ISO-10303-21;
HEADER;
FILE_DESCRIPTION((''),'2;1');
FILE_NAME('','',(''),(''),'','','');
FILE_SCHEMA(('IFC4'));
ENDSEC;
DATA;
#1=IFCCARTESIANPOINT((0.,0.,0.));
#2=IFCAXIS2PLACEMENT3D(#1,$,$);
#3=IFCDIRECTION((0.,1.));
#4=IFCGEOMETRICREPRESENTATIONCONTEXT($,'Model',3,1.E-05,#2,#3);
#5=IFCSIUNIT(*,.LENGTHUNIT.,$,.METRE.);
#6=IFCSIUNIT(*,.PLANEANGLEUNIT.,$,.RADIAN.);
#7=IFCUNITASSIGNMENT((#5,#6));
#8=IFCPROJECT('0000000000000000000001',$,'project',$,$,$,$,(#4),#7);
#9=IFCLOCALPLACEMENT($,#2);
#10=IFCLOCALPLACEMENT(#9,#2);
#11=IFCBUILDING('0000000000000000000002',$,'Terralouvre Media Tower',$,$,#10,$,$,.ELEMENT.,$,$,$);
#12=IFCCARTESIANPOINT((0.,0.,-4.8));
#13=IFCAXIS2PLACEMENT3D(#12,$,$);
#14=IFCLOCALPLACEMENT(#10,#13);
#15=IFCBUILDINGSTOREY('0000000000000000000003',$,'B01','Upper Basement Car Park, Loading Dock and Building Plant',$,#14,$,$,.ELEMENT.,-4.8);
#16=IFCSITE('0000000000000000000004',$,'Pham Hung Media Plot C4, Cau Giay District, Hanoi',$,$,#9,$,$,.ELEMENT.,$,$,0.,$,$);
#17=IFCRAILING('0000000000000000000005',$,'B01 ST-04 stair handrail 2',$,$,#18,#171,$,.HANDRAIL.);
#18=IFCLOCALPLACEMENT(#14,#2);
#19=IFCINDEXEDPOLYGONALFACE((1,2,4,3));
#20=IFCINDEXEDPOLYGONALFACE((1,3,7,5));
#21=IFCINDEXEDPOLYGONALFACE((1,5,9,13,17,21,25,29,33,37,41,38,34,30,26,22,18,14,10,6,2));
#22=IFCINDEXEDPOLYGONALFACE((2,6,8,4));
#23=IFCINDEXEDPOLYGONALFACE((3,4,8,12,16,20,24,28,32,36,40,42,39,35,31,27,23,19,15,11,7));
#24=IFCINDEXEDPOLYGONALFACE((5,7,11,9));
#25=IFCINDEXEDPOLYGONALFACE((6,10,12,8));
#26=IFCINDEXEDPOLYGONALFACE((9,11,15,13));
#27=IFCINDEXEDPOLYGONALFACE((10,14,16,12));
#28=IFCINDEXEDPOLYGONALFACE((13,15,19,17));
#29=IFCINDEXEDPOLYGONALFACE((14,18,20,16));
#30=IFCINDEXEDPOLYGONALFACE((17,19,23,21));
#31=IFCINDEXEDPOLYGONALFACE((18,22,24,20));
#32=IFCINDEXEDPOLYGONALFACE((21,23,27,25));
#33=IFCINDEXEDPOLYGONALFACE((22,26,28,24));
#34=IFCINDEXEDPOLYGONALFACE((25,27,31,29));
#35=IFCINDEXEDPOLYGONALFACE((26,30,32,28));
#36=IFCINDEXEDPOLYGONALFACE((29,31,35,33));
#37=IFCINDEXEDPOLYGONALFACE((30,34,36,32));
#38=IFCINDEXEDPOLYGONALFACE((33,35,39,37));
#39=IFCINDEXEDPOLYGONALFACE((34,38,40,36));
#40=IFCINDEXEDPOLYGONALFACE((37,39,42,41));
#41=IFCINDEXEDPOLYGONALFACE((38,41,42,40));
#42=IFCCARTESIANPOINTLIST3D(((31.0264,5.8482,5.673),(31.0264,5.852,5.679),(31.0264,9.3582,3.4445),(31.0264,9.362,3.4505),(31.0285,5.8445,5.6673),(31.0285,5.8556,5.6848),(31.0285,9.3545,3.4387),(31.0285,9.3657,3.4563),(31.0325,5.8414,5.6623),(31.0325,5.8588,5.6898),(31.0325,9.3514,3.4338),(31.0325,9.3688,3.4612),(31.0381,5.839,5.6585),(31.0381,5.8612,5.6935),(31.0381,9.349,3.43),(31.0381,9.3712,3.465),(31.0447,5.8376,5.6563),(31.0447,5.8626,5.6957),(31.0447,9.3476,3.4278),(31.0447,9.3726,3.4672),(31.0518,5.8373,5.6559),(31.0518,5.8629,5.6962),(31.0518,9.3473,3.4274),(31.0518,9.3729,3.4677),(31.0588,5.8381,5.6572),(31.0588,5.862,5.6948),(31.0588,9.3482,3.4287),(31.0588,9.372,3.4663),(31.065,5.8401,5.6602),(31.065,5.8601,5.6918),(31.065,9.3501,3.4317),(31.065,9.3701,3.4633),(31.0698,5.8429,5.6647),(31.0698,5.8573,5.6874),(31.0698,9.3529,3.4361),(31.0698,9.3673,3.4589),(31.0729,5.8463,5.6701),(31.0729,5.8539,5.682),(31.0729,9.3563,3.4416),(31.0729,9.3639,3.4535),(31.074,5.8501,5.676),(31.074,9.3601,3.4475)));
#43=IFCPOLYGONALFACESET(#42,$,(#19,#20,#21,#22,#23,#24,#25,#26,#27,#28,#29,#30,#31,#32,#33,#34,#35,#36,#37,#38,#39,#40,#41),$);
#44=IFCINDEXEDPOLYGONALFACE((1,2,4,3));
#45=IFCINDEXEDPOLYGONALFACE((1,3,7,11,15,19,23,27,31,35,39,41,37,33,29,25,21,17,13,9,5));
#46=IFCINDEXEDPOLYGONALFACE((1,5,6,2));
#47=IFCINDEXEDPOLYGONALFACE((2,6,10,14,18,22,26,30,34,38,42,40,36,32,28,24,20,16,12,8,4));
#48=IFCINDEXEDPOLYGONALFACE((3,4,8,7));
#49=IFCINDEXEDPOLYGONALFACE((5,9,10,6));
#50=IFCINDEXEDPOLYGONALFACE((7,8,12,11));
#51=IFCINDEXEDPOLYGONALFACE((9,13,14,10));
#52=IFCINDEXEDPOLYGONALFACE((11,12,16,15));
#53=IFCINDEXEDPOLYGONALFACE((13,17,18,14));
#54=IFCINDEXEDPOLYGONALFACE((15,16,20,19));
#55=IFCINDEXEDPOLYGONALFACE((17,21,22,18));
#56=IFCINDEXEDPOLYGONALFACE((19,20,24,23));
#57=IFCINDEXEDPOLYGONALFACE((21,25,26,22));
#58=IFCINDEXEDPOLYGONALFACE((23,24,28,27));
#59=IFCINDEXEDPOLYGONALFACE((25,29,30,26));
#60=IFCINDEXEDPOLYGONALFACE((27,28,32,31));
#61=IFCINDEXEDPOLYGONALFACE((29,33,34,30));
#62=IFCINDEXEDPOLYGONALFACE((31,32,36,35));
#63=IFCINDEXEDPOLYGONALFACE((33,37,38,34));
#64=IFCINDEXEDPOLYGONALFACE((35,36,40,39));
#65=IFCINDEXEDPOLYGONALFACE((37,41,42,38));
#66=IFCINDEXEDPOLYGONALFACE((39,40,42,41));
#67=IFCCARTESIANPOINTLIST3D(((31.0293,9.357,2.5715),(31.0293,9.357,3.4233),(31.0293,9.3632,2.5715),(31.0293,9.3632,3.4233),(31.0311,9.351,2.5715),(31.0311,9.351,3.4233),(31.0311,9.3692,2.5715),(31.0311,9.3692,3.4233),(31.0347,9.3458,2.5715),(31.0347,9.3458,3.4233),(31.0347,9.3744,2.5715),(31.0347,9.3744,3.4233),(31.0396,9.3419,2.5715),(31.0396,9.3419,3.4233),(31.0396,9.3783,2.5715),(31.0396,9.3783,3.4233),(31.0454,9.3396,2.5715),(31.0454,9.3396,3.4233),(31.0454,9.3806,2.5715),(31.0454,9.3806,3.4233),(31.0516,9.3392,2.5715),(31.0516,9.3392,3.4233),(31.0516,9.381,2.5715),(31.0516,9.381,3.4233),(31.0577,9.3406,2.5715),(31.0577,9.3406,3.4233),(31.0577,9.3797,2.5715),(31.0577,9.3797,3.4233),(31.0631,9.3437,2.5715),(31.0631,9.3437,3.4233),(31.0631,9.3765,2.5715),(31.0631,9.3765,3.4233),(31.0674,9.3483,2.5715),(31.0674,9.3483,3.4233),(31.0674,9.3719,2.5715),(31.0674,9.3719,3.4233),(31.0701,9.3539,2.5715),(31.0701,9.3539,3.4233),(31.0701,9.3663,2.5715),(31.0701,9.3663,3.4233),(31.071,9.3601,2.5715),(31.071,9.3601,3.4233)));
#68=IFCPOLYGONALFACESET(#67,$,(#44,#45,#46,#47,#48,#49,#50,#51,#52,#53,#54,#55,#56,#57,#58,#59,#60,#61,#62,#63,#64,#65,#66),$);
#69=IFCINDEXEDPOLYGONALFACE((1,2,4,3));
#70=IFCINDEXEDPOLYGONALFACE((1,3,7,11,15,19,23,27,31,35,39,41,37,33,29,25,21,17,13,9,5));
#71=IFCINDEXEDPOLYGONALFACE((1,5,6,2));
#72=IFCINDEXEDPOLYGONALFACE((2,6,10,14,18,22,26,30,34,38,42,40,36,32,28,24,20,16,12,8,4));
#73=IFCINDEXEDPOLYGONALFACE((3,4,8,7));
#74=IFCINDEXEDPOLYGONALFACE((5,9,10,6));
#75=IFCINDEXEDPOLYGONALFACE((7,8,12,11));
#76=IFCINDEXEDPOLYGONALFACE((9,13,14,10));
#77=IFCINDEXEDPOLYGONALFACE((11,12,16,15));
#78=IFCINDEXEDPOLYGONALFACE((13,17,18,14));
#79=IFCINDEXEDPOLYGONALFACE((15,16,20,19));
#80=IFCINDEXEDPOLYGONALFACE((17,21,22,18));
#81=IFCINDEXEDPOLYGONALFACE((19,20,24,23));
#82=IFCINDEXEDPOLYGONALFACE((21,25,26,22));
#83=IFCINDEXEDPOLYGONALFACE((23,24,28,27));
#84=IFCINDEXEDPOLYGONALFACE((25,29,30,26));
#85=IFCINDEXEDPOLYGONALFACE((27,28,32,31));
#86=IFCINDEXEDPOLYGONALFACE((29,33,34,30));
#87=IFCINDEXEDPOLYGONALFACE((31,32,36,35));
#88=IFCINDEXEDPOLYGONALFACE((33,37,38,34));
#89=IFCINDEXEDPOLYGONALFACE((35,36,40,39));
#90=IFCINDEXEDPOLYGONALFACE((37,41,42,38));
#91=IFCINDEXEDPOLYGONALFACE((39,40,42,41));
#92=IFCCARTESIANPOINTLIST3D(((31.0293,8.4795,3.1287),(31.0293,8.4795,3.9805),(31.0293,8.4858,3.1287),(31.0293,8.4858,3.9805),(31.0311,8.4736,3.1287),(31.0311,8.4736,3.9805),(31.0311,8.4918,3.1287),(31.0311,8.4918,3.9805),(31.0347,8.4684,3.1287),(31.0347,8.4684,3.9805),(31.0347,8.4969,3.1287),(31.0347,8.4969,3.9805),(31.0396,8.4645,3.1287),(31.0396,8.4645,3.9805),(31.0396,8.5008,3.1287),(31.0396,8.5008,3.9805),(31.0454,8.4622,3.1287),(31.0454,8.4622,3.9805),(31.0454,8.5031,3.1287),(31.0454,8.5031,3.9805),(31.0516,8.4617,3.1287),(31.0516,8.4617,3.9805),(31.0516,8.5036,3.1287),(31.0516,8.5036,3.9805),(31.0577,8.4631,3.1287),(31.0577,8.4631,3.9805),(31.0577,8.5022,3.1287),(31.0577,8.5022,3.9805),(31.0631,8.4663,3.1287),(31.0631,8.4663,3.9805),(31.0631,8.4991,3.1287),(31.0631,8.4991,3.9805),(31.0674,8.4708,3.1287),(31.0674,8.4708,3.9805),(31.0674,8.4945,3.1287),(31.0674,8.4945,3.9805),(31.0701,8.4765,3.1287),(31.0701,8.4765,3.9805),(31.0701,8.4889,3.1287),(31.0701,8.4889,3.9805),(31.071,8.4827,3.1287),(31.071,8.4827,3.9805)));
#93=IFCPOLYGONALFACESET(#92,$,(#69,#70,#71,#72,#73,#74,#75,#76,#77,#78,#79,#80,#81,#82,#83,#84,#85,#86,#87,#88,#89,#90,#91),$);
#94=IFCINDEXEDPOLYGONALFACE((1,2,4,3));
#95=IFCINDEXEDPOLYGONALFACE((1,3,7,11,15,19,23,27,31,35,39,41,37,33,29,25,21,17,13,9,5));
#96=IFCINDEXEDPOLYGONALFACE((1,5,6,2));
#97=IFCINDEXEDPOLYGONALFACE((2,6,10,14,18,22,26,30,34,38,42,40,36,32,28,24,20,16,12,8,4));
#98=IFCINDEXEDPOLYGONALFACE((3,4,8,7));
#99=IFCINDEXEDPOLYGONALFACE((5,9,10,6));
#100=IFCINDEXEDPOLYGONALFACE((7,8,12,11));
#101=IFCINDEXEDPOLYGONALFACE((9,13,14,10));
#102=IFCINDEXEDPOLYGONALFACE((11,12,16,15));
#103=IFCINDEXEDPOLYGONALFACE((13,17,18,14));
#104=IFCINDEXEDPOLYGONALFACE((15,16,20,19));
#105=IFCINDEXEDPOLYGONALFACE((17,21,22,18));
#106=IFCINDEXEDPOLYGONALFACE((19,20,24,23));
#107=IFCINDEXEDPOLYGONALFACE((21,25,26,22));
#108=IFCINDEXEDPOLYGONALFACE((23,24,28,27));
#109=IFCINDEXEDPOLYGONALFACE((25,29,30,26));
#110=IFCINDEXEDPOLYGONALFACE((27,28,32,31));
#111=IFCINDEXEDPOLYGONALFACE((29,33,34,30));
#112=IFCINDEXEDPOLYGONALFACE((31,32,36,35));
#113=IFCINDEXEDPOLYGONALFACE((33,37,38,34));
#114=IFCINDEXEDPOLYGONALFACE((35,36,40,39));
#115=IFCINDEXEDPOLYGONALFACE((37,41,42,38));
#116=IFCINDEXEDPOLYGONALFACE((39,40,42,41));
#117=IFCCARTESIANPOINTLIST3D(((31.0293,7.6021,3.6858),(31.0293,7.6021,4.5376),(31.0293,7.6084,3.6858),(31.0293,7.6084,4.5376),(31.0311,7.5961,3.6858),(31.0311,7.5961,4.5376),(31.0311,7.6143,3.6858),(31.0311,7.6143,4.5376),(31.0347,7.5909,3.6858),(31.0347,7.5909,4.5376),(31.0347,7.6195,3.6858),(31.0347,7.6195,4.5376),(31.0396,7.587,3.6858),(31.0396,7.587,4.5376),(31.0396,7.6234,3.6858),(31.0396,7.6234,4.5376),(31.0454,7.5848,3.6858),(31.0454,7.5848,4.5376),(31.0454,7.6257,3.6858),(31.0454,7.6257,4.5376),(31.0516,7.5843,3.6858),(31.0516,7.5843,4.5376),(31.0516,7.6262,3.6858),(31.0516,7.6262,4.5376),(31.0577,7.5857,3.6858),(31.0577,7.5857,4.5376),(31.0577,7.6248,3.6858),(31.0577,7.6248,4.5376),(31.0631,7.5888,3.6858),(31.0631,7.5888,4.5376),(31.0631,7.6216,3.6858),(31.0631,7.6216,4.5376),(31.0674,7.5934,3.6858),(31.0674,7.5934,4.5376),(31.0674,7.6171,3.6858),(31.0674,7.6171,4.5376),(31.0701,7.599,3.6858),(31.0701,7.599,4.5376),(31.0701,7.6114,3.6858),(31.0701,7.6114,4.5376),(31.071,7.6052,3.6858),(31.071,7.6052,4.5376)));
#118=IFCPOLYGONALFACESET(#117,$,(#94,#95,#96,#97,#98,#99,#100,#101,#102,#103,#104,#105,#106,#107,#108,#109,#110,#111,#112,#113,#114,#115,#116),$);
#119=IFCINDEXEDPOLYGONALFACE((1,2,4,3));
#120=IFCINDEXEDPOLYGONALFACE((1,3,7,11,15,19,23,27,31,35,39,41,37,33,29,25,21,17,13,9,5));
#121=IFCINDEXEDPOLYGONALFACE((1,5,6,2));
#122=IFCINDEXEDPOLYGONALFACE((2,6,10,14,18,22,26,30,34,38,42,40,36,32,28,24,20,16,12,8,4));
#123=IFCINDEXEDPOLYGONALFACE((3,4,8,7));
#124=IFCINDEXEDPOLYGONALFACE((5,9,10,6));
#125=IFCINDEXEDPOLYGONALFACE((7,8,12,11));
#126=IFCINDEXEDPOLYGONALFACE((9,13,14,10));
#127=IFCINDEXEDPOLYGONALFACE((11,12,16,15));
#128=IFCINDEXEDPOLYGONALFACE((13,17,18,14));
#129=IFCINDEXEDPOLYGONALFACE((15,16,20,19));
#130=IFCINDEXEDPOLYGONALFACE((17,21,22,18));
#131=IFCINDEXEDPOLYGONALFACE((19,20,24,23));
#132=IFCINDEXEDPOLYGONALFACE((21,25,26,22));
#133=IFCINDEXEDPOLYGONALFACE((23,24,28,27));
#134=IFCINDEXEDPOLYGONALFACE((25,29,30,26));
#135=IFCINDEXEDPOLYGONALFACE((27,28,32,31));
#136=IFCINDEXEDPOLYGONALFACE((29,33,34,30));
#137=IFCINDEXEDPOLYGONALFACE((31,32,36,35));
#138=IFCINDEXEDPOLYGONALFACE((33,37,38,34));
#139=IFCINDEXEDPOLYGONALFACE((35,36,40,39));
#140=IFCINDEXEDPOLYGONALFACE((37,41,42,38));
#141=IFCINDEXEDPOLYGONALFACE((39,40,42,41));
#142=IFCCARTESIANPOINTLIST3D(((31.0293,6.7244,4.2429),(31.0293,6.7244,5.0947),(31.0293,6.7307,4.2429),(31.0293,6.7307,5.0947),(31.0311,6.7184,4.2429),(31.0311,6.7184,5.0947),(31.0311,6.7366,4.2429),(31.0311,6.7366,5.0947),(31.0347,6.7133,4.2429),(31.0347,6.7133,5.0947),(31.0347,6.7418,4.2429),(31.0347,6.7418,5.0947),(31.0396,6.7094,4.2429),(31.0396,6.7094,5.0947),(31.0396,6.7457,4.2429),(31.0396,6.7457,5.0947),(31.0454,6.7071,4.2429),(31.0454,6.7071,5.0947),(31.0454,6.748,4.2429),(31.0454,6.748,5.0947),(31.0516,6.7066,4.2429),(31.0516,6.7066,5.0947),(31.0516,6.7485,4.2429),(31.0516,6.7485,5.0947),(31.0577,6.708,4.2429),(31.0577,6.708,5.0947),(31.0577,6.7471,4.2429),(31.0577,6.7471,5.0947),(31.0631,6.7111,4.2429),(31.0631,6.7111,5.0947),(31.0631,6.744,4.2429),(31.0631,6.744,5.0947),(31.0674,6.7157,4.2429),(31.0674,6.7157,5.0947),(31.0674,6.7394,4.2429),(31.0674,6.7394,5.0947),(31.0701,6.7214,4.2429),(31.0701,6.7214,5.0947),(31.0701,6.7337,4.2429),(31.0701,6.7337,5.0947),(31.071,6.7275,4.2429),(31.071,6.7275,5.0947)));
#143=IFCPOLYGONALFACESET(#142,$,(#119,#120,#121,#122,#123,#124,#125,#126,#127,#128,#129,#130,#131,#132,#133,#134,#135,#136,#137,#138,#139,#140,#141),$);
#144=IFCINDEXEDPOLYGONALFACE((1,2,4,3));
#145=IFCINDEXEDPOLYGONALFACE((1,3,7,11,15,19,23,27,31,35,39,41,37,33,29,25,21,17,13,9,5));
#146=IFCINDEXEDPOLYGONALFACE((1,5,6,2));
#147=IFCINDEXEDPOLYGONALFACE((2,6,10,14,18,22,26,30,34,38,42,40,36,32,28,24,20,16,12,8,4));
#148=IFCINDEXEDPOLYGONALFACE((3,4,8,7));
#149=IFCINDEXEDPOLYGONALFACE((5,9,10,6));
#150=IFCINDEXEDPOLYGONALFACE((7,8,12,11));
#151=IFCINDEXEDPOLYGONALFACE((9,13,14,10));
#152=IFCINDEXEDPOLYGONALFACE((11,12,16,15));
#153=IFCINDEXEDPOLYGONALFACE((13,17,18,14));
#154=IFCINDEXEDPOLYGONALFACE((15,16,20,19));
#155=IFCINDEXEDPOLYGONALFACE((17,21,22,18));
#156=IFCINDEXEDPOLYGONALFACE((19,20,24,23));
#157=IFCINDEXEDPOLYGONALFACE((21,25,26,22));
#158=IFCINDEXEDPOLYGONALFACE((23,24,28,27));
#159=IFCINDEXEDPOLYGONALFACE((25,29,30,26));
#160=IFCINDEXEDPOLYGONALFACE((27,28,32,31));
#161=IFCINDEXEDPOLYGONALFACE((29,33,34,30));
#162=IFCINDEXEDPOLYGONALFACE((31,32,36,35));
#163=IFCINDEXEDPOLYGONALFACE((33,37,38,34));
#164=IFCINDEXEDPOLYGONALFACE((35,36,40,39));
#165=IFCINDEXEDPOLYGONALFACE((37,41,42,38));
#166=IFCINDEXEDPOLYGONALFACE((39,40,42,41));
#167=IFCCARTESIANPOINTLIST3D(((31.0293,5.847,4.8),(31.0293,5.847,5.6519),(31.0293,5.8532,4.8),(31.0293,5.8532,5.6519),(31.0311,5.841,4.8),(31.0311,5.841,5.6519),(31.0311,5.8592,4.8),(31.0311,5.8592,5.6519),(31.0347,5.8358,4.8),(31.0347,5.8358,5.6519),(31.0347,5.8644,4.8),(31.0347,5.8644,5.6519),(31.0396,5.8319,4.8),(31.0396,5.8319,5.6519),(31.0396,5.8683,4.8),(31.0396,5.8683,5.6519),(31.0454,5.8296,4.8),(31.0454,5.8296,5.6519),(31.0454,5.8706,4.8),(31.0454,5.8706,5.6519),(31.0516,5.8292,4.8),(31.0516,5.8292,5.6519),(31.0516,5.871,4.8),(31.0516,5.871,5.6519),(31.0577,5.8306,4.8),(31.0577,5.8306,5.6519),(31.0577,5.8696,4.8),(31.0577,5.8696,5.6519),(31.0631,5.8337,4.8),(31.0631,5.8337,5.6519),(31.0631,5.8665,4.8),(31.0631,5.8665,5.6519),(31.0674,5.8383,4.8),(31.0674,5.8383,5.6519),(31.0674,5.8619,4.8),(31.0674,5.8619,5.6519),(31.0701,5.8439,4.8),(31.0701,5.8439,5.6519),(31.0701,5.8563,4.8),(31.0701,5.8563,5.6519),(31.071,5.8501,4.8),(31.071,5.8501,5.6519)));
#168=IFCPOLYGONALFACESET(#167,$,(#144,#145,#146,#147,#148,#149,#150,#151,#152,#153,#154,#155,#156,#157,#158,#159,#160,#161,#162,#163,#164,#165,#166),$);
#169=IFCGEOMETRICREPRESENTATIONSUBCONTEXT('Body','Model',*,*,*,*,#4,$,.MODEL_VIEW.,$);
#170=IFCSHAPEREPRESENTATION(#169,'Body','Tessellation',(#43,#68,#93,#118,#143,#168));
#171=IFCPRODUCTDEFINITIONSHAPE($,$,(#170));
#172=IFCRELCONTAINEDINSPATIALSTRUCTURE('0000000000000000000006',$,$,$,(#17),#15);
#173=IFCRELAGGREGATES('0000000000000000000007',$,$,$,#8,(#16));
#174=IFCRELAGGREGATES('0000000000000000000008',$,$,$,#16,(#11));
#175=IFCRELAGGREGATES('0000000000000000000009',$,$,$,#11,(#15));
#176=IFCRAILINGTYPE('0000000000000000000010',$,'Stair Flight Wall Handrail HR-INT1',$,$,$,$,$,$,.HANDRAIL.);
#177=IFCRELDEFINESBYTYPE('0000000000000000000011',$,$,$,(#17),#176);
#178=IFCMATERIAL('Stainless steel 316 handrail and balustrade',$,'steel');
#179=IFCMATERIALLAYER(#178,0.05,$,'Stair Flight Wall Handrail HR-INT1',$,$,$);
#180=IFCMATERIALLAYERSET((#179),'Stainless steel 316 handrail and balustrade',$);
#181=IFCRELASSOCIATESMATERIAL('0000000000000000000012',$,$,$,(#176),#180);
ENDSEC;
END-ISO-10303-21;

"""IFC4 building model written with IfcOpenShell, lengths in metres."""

from ifc_helpers import new_model, si_unit, direction, frame, origin, origin_2d, place, context, subcontext, project, spatial, circle, extrude, material, layer, layer_set, type_object, element, save


model = new_model("IFC4")

# Units and contexts
model_context = context("Model", 3, precision=1e-05, world=origin(), true_north=direction((0.0, 1.0)))
body_context = subcontext(model_context, "Body", "Model", "MODEL_VIEW")
ifc_project = project(units=[si_unit("LENGTHUNIT", "METRE"), si_unit("PLANEANGLEUNIT", "RADIAN")], contexts=[model_context])

# Site, building, storey
site_placement = place(None, origin())
site = spatial("IfcSite", under=ifc_project, at=site_placement, Name="Pham Hung Media Plot C4, Cau Giay District, Hanoi", CompositionType="ELEMENT", RefElevation=0.0)
building_placement = place(site_placement, origin())
building = spatial("IfcBuilding", under=site, at=building_placement, Name="Terralouvre Media Tower", CompositionType="ELEMENT")
storey_placement = place(building_placement, frame((0.0, 0.0, -4.8)))
storey = spatial("IfcBuildingStorey", under=building, at=storey_placement, Name="B01", Description="Upper Basement Car Park, Loading Dock and Building Plant", CompositionType="ELEMENT", Elevation=-4.8)

# Railing
ifc_material_1 = material(Name="Stainless steel 316 handrail and balustrade", Category="steel")
ifc_layer_1 = layer(ifc_material_1, 0.05, Name="Stair Flight Wall Handrail HR-INT1")
ifc_layer_set_1 = layer_set([ifc_layer_1], Name="Stainless steel 316 handrail and balustrade")
railing_type_1 = type_object("IfcRailingType", Name="Stair Flight Wall Handrail HR-INT1", PredefinedType="HANDRAIL", material=ifc_layer_set_1)
railing_1_placement = place(storey_placement, frame((31.05, 9.3601, 2.5715)))
element("IfcRailing", 1, at=railing_1_placement, inside=storey, type_object=railing_type_1, Name="B01 ST-04 stair handrail 2", PredefinedType="HANDRAIL", context=body_context, shape_type="SweptSolid", body=[
    extrude(circle(Radius=0.0239, at=origin_2d()), frame((0.0, 0.0, 0.876), z_axis=(0.0, -0.84422, 0.535998), x_axis=(1.0, 0.0, 0.0)), (0.0, 0.0, 1.0), 4.1577),
    extrude(circle(Radius=0.021, at=origin_2d()), origin(), (0.0, 0.0, 1.0), 0.8518),
    extrude(circle(Radius=0.021, at=origin_2d()), frame((0.0, -0.8774, 0.5571)), (0.0, 0.0, 1.0), 0.8518),
    extrude(circle(Radius=0.021, at=origin_2d()), frame((0.0, -1.7549, 1.1143)), (0.0, 0.0, 1.0), 0.8518),
    extrude(circle(Radius=0.021, at=origin_2d()), frame((0.0, -2.6326, 1.6714)), (0.0, 0.0, 1.0), 0.8518),
    extrude(circle(Radius=0.021, at=origin_2d()), frame((0.0, -3.51, 2.2285)), (0.0, 0.0, 1.0), 0.8518),
])

save(model, "model.ifc")
